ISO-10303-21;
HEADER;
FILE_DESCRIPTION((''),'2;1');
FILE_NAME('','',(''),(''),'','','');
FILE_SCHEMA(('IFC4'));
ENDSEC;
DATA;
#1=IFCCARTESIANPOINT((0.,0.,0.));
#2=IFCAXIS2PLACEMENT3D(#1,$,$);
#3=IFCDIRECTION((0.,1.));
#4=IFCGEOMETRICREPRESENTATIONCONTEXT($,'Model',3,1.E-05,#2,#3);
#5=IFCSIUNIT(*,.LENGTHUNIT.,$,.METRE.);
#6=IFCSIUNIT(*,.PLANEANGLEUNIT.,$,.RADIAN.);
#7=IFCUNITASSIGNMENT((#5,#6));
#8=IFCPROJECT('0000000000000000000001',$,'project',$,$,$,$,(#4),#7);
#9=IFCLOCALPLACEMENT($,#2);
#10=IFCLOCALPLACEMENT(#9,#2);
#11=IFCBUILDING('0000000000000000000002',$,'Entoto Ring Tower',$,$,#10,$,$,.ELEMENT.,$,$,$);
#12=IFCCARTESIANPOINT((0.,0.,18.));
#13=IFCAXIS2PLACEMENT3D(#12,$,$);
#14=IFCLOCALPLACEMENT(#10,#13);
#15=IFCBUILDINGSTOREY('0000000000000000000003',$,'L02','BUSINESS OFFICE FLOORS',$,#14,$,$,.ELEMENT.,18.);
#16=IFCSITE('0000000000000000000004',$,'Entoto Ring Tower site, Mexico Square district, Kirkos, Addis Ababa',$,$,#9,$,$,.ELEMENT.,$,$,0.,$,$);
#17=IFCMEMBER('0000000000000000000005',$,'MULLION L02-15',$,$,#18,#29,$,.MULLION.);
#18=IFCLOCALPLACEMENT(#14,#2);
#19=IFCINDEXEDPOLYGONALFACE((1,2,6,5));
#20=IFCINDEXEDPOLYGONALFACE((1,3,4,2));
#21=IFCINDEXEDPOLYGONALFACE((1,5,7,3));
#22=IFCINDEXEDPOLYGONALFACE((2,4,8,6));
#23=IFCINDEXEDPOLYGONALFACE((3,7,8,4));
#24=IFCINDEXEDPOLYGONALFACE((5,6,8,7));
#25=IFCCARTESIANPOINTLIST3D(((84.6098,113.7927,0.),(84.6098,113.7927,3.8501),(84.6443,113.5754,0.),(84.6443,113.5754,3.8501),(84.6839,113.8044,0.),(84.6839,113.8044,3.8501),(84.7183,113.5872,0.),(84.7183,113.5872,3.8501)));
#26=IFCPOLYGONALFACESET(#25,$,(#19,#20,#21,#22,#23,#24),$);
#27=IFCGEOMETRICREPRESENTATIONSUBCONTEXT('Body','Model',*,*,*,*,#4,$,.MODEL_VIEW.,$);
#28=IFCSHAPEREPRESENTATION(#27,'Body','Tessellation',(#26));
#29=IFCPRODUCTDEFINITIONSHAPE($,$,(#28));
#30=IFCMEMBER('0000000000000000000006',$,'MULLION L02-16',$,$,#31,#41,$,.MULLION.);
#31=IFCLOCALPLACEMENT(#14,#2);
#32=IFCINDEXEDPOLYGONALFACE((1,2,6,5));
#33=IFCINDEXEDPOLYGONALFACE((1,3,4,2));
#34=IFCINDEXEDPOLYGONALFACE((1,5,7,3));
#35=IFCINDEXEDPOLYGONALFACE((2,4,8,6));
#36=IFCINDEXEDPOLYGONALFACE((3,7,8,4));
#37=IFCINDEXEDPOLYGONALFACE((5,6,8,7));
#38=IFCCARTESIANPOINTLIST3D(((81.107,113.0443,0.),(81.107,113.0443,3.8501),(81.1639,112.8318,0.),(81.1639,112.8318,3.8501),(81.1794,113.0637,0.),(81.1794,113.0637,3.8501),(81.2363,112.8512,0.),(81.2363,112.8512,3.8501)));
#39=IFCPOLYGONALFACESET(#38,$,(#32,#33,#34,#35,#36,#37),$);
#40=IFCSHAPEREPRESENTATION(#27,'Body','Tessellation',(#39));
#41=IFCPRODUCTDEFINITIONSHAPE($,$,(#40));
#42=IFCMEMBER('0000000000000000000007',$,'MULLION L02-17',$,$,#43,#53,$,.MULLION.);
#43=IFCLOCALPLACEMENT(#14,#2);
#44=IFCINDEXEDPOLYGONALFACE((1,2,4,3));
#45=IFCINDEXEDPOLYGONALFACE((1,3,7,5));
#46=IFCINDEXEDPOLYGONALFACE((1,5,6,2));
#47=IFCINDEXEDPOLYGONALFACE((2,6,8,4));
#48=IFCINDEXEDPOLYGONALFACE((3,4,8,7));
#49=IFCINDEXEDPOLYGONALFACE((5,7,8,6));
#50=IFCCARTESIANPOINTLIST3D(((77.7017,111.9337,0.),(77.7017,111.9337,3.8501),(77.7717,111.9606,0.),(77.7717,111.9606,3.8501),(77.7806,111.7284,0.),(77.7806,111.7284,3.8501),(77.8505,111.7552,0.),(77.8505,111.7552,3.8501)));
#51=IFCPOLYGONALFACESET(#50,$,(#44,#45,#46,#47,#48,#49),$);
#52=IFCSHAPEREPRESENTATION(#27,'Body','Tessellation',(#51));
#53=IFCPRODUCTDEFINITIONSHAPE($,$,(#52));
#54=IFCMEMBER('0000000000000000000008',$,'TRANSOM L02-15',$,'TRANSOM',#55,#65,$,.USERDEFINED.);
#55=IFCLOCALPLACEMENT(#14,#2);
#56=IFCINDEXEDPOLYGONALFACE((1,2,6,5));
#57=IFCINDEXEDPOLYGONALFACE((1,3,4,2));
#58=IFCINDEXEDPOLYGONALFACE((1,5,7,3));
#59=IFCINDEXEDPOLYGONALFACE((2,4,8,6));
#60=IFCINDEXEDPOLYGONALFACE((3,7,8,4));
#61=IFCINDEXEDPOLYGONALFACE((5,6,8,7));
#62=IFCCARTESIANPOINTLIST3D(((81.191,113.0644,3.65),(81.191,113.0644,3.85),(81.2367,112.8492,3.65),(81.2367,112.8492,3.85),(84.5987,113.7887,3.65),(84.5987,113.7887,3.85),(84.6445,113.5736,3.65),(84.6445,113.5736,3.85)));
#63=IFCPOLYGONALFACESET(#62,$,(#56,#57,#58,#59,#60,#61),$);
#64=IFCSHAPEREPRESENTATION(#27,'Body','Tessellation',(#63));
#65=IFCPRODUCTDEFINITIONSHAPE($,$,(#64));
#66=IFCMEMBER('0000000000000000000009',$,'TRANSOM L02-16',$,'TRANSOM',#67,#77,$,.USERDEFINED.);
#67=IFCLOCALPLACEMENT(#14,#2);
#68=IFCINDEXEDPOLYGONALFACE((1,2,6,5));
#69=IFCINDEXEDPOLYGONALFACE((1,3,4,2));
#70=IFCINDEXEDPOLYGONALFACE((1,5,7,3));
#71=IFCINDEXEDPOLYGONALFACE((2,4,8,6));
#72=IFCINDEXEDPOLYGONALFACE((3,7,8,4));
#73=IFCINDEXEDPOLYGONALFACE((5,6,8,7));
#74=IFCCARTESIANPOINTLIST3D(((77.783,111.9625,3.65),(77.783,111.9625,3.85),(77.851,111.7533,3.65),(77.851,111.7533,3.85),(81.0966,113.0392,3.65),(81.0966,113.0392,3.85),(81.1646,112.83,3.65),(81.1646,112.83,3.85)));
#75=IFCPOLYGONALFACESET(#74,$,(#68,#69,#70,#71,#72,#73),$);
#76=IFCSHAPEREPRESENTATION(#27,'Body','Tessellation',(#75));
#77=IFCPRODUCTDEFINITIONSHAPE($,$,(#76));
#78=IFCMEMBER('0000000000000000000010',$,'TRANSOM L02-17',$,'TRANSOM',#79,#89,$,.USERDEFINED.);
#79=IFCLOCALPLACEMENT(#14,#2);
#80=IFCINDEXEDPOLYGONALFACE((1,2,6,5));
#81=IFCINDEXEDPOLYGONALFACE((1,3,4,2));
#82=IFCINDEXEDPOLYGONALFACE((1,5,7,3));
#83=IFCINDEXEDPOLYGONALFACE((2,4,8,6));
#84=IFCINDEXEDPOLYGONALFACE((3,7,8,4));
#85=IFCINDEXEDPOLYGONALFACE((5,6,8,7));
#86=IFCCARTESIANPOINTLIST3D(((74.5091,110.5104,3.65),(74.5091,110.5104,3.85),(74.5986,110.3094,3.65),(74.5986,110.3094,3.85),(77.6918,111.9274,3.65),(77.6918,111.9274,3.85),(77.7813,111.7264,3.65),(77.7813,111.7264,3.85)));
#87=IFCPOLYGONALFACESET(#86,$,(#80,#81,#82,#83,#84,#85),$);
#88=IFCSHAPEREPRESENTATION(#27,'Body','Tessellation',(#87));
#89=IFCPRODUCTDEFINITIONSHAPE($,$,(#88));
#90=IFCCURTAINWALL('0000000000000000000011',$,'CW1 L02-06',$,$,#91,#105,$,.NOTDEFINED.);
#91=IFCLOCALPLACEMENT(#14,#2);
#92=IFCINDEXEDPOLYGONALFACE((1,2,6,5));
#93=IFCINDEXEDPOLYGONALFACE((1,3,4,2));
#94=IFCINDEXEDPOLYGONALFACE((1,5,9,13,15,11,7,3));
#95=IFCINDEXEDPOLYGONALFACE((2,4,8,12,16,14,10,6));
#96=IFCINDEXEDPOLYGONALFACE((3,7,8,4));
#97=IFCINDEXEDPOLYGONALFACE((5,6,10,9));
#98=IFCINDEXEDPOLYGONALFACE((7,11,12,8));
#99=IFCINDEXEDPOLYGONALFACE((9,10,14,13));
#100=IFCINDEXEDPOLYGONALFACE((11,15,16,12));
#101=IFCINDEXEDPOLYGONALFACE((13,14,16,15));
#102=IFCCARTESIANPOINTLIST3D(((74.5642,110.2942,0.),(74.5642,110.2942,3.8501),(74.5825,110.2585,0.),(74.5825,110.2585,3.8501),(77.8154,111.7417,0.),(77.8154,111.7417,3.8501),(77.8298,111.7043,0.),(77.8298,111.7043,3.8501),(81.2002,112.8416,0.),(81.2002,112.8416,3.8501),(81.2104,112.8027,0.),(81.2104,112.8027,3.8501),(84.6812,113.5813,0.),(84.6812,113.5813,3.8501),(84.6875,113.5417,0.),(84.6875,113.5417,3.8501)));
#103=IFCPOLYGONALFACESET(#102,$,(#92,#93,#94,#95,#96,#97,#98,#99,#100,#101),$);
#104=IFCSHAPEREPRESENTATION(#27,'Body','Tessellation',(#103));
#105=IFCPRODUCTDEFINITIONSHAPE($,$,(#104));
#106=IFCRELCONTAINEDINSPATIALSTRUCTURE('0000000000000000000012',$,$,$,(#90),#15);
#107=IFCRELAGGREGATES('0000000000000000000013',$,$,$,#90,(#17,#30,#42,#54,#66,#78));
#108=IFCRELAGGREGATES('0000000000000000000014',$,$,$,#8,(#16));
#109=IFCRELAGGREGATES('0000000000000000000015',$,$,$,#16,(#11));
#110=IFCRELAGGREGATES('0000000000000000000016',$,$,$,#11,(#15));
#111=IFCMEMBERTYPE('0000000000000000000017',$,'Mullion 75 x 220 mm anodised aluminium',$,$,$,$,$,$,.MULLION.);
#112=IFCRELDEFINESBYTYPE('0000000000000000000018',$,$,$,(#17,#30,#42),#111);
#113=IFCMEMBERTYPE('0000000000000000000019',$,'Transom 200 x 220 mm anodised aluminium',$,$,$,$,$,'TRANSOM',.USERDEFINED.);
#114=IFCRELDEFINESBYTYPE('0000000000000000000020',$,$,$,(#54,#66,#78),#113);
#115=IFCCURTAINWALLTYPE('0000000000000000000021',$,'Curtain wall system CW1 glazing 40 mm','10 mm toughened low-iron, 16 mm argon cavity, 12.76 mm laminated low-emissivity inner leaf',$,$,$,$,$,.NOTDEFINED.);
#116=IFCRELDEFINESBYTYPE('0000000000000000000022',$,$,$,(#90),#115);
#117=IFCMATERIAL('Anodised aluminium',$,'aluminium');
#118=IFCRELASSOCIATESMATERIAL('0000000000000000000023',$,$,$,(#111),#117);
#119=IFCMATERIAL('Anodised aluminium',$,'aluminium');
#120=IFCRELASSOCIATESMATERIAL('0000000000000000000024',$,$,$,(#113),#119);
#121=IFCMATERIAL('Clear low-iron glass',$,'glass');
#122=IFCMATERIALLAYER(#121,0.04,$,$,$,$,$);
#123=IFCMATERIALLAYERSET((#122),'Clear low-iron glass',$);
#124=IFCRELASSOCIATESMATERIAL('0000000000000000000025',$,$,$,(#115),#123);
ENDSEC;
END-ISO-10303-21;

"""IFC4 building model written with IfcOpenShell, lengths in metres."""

from ifc_helpers import new_model, si_unit, direction, frame, origin, origin_2d, place, context, subcontext, project, spatial, polyline, rectangle, outline, extrude, material, layer, layer_set, material_profile, profile_set, type_object, element, aggregate, save


model = new_model("IFC4")

# Units and contexts
model_context = context("Model", 3, precision=1e-05, world=origin(), true_north=direction((0.0, 1.0)))
body_context = subcontext(model_context, "Body", "Model", "MODEL_VIEW")
ifc_project = project(units=[si_unit("LENGTHUNIT", "METRE"), si_unit("PLANEANGLEUNIT", "RADIAN")], contexts=[model_context])

# Members
ifc_material_1 = material(Name="Anodised aluminium", Category="aluminium")
ifc_material_profile_1 = material_profile(ifc_material_1, rectangle(XDim=0.075, YDim=0.22, at=origin_2d()), Name="Mullion 75 x 220 mm anodised aluminium")
ifc_profile_set_1 = profile_set([ifc_material_profile_1], Name="Anodised aluminium")
member_type_1 = type_object("IfcMemberType", Name="Mullion 75 x 220 mm anodised aluminium", PredefinedType="MULLION", material=ifc_profile_set_1)
site_placement = place(None, origin())
building_placement = place(site_placement, origin())
storey_placement = place(building_placement, frame((0.0, 0.0, 18.0)))
member_1_placement = place(storey_placement, frame((84.6641, 113.6899, 0.0), z_axis=(0.0, 0.0, 1.0), x_axis=(-0.987688, -0.156434, 0.0)))
member_1 = element("IfcMember", 1, at=member_1_placement, type_object=member_type_1, Name="MULLION L02-15", PredefinedType="MULLION", context=body_context, shape_type="SweptSolid", body=[
    extrude(rectangle(XDim=0.075, YDim=0.22, at=origin_2d()), origin(), (0.0, 0.0, 1.0), 3.8501),
])
member_2_placement = place(storey_placement, frame((81.1716, 112.9478, 0.0), z_axis=(0.0, 0.0, 1.0), x_axis=(-0.965926, -0.258819, 0.0)))
member_2 = element("IfcMember", 2, at=member_2_placement, type_object=member_type_1, Name="MULLION L02-16", PredefinedType="MULLION", context=body_context, shape_type="SweptSolid", body=[
    extrude(rectangle(XDim=0.075, YDim=0.22, at=origin_2d()), origin(), (0.0, 0.0, 1.0), 3.8501),
])
member_3_placement = place(storey_placement, frame((77.7761, 111.8445, 0.0), z_axis=(0.0, 0.0, 1.0), x_axis=(-0.93358, -0.358368, 0.0)))
member_3 = element("IfcMember", 3, at=member_3_placement, type_object=member_type_1, Name="MULLION L02-17", PredefinedType="MULLION", context=body_context, shape_type="SweptSolid", body=[
    extrude(rectangle(XDim=0.075, YDim=0.22, at=origin_2d()), origin(), (0.0, 0.0, 1.0), 3.8501),
])
ifc_material_2 = material(Name="Anodised aluminium", Category="aluminium")
ifc_material_profile_2 = material_profile(ifc_material_2, rectangle(XDim=0.22, YDim=0.2, at=origin_2d()), Name="Transom 200 x 220 mm anodised aluminium")
ifc_profile_set_2 = profile_set([ifc_material_profile_2], Name="Anodised aluminium")
member_type_2 = type_object("IfcMemberType", Name="Transom 200 x 220 mm anodised aluminium", ElementType="TRANSOM", PredefinedType="USERDEFINED", material=ifc_profile_set_2)
member_4_placement = place(storey_placement, frame((84.6216, 113.6812, 3.75), z_axis=(-0.978146, -0.207921, 0.0), x_axis=(0.207921, -0.978146, 0.0)))
member_4 = element("IfcMember", 4, at=member_4_placement, type_object=member_type_2, Name="TRANSOM L02-15", ObjectType="TRANSOM", PredefinedType="USERDEFINED", context=body_context, shape_type="SweptSolid", body=[
    extrude(rectangle(XDim=0.22, YDim=0.2, at=origin_2d()), origin(), (0.0, 0.0, 1.0), 3.4839),
])
member_5_placement = place(storey_placement, frame((81.1306, 112.9346, 3.75), z_axis=(-0.951053, -0.309029, 0.0), x_axis=(0.309029, -0.951053, 0.0)))
member_5 = element("IfcMember", 5, at=member_5_placement, type_object=member_type_2, Name="TRANSOM L02-16", ObjectType="TRANSOM", PredefinedType="USERDEFINED", context=body_context, shape_type="SweptSolid", body=[
    extrude(rectangle(XDim=0.22, YDim=0.2, at=origin_2d()), origin(), (0.0, 0.0, 1.0), 3.4841),
])
member_6_placement = place(storey_placement, frame((77.7366, 111.8269, 3.75), z_axis=(-0.913545, -0.406737, 0.0), x_axis=(0.406737, -0.913545, 0.0)))
member_6 = element("IfcMember", 6, at=member_6_placement, type_object=member_type_2, Name="TRANSOM L02-17", ObjectType="TRANSOM", PredefinedType="USERDEFINED", context=body_context, shape_type="SweptSolid", body=[
    extrude(rectangle(XDim=0.22, YDim=0.2, at=origin_2d()), origin(), (0.0, 0.0, 1.0), 3.4839),
])

# Site, building, storey
site = spatial("IfcSite", under=ifc_project, at=site_placement, Name="Entoto Ring Tower site, Mexico Square district, Kirkos, Addis Ababa", CompositionType="ELEMENT", RefElevation=0.0)
building = spatial("IfcBuilding", under=site, at=building_placement, Name="Entoto Ring Tower", CompositionType="ELEMENT")
storey = spatial("IfcBuildingStorey", under=building, at=storey_placement, Name="L02", Description="BUSINESS OFFICE FLOORS", CompositionType="ELEMENT", Elevation=18.0)

# Curtain wall
ifc_material_3 = material(Name="Clear low-iron glass", Category="glass")
ifc_layer = layer(ifc_material_3, 0.04)
ifc_layer_set = layer_set([ifc_layer], Name="Clear low-iron glass")
curtain_wall_type = type_object("IfcCurtainWallType", Name="Curtain wall system CW1 glazing 40 mm", Description="10 mm toughened low-iron, 16 mm argon cavity, 12.76 mm laminated low-emissivity inner leaf", PredefinedType="NOTDEFINED", material=ifc_layer_set)
curtain_wall_1_placement = place(storey_placement, origin())
curtain_wall_1 = element("IfcCurtainWall", 7, at=curtain_wall_1_placement, inside=storey, type_object=curtain_wall_type, Name="CW1 L02-06", PredefinedType="NOTDEFINED", context=body_context, shape_type="SweptSolid", body=[
    extrude(outline(polyline([(84.6812, 113.5813), (81.2002, 112.8416), (77.8154, 111.7417), (74.5642, 110.2942), (74.5825, 110.2585), (77.8298, 111.7043), (81.2104, 112.8027), (84.6875, 113.5417), (84.6812, 113.5813)])), origin(), (0.0, 0.0, 1.0), 3.8501),
])
aggregate(curtain_wall_1, [member_1, member_2, member_3, member_4, member_5, member_6])

save(model, "model.ifc")
